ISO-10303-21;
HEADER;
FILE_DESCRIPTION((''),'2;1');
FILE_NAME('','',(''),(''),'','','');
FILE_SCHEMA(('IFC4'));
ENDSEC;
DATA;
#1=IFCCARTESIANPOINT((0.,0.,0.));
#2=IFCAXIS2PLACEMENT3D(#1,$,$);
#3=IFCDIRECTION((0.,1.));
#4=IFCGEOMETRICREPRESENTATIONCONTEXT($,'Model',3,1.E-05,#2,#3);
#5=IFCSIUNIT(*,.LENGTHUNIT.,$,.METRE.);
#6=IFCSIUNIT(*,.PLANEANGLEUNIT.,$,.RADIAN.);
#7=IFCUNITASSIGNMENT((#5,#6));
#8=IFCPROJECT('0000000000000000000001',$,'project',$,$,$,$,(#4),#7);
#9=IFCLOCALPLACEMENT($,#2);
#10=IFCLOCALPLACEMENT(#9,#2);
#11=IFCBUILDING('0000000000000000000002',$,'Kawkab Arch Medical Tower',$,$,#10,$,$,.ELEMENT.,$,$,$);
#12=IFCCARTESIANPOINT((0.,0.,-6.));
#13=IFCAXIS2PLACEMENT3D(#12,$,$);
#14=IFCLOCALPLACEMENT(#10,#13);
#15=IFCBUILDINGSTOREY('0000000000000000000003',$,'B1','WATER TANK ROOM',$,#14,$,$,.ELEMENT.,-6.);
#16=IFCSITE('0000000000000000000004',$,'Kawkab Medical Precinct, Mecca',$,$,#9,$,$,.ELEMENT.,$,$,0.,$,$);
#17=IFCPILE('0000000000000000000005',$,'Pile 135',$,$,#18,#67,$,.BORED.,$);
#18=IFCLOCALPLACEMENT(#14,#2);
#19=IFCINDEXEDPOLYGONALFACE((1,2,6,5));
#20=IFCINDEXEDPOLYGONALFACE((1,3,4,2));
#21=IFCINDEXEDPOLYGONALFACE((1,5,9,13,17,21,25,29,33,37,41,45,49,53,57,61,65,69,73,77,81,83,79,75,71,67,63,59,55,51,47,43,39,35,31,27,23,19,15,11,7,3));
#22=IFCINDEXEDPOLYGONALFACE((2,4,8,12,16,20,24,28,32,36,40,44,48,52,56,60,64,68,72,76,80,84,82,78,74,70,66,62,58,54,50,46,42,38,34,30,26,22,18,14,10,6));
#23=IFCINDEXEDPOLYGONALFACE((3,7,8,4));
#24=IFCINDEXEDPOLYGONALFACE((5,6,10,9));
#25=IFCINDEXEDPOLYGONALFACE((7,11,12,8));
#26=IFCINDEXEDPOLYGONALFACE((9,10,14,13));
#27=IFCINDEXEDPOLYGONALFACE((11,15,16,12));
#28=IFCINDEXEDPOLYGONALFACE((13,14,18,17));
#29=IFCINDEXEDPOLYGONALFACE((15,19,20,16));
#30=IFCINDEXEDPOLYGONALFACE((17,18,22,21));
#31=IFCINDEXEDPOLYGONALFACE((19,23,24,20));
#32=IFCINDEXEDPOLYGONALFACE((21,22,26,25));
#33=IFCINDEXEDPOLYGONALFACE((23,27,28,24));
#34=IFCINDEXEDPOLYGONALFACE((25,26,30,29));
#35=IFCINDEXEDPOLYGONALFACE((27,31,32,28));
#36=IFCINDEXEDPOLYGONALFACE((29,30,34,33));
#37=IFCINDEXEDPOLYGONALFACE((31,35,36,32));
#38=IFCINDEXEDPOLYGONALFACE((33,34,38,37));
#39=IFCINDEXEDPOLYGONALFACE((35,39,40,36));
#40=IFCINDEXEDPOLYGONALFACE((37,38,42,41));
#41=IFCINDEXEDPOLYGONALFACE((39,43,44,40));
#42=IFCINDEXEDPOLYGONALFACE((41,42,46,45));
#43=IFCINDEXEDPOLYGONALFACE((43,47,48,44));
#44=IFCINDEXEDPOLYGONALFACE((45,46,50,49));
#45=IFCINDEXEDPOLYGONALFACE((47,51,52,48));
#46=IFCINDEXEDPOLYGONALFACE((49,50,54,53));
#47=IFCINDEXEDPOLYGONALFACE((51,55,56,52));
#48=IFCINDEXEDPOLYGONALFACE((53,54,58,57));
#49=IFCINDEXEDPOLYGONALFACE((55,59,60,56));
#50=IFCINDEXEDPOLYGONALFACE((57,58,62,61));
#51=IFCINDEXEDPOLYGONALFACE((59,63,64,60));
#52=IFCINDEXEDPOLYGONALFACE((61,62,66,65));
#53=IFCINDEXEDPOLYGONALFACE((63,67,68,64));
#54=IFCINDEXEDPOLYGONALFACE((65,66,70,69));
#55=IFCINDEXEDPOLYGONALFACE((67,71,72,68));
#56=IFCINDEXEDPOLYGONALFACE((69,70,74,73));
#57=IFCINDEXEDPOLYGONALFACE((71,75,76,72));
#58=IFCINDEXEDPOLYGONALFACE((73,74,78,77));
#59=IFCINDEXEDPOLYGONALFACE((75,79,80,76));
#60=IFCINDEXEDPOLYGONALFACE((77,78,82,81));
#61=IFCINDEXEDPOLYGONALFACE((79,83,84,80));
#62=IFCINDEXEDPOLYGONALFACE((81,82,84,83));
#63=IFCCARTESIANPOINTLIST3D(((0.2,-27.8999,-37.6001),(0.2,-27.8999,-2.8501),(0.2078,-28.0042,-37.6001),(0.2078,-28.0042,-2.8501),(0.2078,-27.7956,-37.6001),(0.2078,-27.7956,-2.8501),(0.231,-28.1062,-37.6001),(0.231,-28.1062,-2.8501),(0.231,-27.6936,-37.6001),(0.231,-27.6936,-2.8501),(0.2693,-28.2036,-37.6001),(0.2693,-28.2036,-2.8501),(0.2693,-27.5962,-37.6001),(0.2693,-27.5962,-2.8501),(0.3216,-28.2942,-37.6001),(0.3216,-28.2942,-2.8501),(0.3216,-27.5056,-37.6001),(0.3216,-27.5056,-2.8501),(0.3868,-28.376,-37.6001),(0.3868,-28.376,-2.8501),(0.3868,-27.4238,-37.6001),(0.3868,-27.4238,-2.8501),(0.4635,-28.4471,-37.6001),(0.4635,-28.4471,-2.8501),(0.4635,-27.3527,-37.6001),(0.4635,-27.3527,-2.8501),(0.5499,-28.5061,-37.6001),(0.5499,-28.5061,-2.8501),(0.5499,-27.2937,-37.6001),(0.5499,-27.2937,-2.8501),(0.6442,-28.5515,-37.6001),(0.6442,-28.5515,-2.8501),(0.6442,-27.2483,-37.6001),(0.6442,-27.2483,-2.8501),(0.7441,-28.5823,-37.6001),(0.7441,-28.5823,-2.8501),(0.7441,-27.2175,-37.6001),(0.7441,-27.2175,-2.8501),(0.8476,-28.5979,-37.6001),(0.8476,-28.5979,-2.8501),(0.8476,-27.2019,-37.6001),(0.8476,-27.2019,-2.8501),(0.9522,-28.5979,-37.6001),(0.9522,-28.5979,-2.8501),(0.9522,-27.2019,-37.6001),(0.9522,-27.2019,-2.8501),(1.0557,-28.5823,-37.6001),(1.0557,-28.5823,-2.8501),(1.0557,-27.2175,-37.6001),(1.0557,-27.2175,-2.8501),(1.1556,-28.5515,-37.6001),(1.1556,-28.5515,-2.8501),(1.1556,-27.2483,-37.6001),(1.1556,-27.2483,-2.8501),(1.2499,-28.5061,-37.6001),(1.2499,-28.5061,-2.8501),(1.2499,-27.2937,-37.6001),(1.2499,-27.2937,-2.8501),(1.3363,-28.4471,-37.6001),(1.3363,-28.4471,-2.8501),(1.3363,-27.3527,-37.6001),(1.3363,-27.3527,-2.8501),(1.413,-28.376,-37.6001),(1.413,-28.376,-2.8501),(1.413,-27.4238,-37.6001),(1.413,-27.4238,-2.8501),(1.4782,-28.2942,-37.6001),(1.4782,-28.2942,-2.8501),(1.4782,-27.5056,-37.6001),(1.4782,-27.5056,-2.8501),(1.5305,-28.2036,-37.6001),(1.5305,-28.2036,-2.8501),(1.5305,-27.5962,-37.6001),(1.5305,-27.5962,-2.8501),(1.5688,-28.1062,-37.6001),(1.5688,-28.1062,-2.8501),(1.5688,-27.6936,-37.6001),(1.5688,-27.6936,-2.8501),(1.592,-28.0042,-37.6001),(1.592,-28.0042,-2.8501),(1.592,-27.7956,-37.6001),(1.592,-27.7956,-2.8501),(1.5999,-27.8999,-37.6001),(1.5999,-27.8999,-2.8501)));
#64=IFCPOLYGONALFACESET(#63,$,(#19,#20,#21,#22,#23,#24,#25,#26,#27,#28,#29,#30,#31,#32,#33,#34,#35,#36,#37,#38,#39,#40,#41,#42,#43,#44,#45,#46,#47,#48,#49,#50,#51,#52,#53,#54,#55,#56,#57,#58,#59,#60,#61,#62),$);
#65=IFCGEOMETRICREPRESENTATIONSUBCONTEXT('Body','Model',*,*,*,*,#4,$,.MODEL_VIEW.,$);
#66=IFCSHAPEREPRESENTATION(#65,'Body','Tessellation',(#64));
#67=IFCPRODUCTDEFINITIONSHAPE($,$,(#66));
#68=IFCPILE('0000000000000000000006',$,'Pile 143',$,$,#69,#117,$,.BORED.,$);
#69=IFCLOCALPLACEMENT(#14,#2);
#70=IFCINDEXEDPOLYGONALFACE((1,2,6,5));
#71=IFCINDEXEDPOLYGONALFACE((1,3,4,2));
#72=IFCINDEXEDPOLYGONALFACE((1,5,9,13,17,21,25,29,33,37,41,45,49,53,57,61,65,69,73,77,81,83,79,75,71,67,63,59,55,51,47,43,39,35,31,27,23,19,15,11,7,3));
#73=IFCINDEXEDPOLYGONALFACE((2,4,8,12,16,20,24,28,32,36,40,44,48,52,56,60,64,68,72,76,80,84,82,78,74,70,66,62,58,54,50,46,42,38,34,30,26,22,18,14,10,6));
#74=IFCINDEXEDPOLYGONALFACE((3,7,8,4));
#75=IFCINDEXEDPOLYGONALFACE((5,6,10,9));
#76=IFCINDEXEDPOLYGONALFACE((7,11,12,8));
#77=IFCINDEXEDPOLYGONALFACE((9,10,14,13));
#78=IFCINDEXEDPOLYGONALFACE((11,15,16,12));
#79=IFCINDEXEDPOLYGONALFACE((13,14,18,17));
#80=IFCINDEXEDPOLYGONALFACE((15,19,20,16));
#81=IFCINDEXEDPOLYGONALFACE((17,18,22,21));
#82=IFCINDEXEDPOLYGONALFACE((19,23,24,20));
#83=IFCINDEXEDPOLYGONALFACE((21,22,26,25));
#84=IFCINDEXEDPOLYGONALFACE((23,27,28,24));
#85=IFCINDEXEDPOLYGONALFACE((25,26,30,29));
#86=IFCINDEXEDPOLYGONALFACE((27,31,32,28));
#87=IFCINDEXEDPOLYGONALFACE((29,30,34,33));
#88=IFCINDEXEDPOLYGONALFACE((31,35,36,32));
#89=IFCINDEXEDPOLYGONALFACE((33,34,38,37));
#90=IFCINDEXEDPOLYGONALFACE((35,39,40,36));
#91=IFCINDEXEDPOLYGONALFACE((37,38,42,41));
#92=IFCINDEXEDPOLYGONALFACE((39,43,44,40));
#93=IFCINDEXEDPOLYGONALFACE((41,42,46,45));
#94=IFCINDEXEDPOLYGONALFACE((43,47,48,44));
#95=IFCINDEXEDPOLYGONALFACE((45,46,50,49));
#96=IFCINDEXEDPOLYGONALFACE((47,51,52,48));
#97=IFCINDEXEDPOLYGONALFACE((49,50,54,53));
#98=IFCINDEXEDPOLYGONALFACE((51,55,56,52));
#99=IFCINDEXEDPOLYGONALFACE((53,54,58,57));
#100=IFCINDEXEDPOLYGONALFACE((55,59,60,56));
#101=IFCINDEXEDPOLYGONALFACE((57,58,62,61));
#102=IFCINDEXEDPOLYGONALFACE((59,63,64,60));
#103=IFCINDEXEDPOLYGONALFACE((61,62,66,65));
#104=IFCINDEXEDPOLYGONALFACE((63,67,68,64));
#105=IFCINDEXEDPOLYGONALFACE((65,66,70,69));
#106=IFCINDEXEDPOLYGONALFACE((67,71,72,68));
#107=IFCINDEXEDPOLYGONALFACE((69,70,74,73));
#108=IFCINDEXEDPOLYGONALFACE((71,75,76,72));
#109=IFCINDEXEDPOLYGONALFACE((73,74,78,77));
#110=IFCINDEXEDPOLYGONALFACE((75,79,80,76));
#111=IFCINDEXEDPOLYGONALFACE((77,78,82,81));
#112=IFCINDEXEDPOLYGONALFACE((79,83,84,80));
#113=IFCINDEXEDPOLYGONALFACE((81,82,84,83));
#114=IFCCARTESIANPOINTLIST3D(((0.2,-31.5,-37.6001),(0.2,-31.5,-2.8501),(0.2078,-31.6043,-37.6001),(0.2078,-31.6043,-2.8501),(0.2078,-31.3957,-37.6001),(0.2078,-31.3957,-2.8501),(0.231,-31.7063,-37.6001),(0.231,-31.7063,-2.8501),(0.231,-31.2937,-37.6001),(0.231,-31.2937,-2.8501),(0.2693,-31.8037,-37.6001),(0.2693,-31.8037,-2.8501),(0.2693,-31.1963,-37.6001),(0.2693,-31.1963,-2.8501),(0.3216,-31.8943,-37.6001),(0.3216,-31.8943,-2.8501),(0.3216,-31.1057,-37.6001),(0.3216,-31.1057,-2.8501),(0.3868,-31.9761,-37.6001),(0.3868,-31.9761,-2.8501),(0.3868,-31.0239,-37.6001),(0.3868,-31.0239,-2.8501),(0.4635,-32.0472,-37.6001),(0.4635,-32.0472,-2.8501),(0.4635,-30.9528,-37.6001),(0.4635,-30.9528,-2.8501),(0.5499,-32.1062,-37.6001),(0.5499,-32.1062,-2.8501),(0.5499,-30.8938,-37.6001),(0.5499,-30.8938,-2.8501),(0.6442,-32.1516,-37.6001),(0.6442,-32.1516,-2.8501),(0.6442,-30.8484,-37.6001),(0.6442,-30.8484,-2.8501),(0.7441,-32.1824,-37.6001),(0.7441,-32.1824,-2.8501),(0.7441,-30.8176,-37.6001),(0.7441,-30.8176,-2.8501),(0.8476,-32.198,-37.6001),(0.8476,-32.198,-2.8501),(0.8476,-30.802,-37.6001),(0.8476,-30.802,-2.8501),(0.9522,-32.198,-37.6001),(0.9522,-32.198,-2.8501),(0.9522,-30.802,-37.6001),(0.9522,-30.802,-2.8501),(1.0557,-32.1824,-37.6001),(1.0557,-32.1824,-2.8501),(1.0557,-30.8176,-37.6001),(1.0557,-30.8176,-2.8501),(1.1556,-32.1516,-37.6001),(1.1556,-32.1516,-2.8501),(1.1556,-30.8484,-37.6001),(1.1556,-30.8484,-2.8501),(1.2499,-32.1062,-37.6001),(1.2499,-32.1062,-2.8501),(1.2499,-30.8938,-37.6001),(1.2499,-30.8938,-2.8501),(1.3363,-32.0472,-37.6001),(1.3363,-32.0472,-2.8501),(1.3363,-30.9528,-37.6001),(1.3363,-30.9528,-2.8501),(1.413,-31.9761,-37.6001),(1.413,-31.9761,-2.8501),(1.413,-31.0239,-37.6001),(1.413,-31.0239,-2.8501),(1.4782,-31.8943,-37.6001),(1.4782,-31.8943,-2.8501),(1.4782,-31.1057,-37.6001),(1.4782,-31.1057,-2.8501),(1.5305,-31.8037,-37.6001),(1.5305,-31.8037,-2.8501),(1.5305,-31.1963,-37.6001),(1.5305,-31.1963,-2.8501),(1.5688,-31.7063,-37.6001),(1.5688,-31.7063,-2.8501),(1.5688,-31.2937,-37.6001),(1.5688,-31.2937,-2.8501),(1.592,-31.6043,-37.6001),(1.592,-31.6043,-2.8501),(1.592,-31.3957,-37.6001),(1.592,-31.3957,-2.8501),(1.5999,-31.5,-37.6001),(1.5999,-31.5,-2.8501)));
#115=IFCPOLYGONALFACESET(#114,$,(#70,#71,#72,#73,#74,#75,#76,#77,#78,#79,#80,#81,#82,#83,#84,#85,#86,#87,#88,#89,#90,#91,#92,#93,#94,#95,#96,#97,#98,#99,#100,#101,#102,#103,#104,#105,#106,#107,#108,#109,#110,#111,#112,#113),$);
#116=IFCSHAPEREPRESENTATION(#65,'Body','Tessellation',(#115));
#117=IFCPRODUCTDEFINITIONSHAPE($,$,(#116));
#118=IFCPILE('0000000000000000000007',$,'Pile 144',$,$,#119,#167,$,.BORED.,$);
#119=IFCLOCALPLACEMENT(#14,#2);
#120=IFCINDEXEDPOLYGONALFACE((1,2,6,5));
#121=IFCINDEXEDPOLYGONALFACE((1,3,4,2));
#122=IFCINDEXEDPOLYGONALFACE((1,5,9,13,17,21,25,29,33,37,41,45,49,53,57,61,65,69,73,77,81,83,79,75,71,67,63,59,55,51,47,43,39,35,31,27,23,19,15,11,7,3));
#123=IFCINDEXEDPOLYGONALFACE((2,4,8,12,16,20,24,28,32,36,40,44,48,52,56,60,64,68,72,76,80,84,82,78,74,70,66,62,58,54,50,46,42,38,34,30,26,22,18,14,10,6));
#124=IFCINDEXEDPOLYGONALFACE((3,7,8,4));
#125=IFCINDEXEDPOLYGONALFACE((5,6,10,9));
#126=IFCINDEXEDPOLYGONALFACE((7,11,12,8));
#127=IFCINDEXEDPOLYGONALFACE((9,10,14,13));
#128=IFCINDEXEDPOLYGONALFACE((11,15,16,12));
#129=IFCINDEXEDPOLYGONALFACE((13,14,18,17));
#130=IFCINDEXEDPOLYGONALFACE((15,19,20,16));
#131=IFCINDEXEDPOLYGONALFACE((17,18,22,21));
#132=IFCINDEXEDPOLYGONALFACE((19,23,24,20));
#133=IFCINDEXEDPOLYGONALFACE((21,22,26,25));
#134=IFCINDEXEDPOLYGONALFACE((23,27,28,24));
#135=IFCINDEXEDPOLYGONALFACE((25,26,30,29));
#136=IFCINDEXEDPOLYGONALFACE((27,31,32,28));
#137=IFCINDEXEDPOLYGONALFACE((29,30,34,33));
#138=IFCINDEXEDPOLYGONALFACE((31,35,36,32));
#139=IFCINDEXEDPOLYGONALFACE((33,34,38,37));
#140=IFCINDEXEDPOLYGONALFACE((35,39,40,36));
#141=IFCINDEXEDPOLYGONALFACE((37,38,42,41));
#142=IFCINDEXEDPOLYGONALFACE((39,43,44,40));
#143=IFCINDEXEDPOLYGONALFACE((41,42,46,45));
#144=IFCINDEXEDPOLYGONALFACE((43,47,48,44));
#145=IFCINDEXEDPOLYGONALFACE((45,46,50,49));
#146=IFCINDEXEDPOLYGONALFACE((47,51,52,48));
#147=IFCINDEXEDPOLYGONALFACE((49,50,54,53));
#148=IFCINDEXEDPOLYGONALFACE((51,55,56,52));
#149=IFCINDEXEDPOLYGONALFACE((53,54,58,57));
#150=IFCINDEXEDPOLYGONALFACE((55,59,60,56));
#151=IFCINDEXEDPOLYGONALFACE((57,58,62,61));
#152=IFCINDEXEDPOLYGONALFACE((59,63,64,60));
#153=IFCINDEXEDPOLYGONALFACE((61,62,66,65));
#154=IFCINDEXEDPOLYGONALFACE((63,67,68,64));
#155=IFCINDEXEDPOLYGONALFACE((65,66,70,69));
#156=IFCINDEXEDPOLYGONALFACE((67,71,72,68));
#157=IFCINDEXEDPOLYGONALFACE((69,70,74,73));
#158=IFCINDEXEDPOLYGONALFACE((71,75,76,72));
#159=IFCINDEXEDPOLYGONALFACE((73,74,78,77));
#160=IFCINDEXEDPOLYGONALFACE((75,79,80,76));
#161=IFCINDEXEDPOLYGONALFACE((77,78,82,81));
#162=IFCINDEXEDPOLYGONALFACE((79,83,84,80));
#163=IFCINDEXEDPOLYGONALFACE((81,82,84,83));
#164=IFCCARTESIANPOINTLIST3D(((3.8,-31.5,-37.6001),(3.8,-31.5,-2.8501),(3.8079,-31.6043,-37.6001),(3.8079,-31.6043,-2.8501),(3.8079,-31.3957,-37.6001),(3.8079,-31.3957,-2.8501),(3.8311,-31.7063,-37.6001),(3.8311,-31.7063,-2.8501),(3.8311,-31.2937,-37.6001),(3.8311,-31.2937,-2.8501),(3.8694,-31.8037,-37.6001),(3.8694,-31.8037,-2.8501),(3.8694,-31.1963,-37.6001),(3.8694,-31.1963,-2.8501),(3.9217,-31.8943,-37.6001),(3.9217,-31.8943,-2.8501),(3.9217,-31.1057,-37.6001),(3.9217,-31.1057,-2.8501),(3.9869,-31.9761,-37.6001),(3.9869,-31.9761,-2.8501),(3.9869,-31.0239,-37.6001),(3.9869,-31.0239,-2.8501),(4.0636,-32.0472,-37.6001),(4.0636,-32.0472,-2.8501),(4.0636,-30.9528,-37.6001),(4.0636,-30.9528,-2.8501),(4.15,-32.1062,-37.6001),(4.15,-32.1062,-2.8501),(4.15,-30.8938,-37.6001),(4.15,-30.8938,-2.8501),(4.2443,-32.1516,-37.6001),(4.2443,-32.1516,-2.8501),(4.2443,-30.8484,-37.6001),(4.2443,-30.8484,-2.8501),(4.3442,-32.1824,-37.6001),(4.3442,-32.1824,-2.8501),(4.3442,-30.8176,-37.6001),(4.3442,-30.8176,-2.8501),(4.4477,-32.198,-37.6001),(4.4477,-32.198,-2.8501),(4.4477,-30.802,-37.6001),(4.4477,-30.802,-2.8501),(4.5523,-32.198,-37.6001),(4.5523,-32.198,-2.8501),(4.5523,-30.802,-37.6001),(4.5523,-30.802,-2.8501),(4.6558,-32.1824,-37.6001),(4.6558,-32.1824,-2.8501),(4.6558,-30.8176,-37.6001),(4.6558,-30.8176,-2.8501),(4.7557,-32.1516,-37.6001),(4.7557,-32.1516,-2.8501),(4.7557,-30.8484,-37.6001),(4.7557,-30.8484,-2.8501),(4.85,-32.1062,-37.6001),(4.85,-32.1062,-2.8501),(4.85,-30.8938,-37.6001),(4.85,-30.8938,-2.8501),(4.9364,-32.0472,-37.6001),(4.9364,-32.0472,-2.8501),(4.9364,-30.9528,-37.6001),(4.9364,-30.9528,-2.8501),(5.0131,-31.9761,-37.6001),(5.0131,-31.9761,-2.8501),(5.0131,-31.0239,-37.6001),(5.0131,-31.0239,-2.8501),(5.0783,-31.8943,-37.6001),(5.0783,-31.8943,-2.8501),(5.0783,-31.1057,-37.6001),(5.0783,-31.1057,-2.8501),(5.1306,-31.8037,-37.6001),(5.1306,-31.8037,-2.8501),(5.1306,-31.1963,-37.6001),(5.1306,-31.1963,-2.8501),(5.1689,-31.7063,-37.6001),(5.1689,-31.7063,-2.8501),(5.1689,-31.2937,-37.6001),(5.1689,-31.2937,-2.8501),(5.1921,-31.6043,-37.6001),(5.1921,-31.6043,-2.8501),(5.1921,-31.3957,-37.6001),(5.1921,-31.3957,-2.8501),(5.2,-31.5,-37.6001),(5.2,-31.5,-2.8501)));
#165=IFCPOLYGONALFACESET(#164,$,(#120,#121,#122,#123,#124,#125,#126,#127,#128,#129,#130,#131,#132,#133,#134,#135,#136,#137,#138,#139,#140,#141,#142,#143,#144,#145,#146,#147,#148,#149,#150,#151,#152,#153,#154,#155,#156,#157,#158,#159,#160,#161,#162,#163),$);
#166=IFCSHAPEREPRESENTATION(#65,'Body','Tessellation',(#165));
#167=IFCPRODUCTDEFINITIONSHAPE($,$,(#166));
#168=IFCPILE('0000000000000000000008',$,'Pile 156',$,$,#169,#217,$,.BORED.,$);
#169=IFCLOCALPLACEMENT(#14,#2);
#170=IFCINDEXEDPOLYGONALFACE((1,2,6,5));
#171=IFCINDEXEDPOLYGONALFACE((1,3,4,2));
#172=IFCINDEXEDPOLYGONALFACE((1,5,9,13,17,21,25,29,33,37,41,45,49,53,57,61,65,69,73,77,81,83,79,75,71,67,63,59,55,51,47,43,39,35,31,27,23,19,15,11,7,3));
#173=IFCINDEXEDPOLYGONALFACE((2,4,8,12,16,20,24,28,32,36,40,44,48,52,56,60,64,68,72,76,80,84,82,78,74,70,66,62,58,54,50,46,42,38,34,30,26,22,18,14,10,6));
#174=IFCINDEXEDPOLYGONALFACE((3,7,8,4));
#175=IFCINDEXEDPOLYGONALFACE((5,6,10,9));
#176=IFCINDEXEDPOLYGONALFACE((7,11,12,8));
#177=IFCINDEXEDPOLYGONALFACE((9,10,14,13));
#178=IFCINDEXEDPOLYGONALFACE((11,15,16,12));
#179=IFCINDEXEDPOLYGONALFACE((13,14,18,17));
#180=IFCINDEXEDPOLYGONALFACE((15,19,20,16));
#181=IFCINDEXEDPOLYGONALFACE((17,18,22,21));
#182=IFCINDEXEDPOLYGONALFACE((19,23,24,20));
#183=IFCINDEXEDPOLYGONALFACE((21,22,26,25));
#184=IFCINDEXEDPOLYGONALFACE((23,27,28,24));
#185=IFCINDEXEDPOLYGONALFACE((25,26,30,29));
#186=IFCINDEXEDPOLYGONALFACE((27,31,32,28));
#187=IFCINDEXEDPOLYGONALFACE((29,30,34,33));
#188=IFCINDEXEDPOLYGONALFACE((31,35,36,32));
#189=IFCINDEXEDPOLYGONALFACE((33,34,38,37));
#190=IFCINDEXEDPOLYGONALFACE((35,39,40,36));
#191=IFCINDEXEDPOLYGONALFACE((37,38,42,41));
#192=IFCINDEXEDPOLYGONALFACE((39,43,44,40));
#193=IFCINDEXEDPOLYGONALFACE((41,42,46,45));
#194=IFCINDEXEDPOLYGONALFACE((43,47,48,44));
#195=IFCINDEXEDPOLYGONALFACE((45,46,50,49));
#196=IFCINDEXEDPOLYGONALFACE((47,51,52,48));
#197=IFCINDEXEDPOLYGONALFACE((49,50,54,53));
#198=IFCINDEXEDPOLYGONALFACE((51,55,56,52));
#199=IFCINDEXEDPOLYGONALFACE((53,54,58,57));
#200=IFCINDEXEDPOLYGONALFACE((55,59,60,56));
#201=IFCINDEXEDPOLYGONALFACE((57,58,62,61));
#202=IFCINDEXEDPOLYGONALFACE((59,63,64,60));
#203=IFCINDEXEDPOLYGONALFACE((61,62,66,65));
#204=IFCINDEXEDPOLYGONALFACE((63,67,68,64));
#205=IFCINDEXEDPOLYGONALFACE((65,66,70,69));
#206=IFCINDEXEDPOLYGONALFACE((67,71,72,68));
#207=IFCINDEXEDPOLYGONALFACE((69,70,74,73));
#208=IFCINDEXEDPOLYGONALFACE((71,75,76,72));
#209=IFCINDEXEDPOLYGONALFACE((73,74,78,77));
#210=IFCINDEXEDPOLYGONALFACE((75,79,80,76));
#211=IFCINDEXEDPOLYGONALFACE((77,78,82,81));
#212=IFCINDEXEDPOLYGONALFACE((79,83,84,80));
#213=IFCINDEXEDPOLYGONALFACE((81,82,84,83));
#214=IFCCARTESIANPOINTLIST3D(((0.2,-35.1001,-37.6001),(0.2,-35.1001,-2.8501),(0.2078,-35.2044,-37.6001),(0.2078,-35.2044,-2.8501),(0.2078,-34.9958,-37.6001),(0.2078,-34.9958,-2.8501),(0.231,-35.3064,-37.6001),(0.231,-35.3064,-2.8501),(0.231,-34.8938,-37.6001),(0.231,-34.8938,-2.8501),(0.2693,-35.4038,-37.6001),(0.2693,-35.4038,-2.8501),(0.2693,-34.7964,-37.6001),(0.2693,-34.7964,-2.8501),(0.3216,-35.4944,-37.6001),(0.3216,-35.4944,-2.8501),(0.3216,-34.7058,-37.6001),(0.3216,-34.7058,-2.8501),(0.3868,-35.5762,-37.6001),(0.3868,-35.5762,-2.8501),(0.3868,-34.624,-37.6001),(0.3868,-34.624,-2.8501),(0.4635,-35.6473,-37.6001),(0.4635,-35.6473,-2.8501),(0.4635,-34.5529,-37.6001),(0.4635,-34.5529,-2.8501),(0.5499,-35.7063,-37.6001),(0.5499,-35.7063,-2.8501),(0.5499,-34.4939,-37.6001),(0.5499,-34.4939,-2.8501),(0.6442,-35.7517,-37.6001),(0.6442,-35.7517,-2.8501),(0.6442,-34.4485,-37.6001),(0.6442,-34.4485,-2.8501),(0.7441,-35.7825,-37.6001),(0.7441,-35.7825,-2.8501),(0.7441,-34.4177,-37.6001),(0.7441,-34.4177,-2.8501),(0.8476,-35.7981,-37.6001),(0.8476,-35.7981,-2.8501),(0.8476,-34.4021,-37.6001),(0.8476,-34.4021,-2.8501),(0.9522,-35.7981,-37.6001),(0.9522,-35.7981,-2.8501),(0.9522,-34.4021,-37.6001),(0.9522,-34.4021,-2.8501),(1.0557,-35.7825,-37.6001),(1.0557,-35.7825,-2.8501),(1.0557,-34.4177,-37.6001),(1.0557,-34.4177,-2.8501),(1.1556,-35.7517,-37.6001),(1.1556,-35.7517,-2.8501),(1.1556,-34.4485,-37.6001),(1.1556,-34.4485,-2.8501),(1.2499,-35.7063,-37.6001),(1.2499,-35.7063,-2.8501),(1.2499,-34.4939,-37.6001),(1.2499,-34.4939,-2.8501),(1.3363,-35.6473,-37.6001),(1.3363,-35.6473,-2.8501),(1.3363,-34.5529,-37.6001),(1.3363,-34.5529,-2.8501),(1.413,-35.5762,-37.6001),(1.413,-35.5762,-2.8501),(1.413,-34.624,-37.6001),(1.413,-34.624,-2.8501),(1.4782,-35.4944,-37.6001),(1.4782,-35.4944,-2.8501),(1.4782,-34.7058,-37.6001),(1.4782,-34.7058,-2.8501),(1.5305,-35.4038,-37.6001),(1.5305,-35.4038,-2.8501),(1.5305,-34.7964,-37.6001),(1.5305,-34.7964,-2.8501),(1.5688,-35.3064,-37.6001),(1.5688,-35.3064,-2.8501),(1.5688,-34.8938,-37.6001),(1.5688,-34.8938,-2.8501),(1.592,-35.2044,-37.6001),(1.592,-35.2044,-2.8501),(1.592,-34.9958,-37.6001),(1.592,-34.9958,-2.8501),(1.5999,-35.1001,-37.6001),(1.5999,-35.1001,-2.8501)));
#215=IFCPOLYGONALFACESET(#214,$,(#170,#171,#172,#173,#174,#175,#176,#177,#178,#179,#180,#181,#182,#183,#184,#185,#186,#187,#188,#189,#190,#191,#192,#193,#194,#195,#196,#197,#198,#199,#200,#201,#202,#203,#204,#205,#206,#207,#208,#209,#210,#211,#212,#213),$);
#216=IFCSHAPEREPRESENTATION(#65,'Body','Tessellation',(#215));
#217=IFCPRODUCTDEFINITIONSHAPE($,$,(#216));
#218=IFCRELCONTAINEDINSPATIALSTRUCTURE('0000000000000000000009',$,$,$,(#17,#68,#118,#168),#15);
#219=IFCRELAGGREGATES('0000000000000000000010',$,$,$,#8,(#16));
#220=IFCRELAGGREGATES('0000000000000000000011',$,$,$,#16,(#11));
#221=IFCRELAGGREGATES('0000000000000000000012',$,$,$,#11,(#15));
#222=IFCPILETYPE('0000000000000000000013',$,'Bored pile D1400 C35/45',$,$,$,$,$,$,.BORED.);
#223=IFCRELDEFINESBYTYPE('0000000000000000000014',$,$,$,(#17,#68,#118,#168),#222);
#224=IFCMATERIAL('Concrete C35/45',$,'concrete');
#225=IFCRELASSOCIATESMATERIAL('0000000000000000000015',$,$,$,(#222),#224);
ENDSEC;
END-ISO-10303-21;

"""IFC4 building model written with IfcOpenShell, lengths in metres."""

from ifc_helpers import new_model, si_unit, direction, frame, origin, origin_2d, place, context, subcontext, project, spatial, circle, extrude, material, material_profile, profile_set, type_object, element, save


model = new_model("IFC4")

# Units and contexts
model_context = context("Model", 3, precision=1e-05, world=origin(), true_north=direction((0.0, 1.0)))
body_context = subcontext(model_context, "Body", "Model", "MODEL_VIEW")
ifc_project = project(units=[si_unit("LENGTHUNIT", "METRE"), si_unit("PLANEANGLEUNIT", "RADIAN")], contexts=[model_context])

# Site, building, storey
site_placement = place(None, origin())
site = spatial("IfcSite", under=ifc_project, at=site_placement, Name="Kawkab Medical Precinct, Mecca", CompositionType="ELEMENT", RefElevation=0.0)
building_placement = place(site_placement, origin())
building = spatial("IfcBuilding", under=site, at=building_placement, Name="Kawkab Arch Medical Tower", CompositionType="ELEMENT")
storey_placement = place(building_placement, frame((0.0, 0.0, -6.0)))
storey = spatial("IfcBuildingStorey", under=building, at=storey_placement, Name="B1", Description="WATER TANK ROOM", CompositionType="ELEMENT", Elevation=-6.0)

# Piles
ifc_material_1 = material(Name="Concrete C35/45", Category="concrete")
ifc_material_profile_1 = material_profile(ifc_material_1, circle(Radius=0.7, at=origin_2d()), Name="Bored pile D1400")
ifc_profile_set_1 = profile_set([ifc_material_profile_1], Name="Concrete C35/45")
pile_type = type_object("IfcPileType", Name="Bored pile D1400 C35/45", PredefinedType="BORED", material=ifc_profile_set_1)
for number, where, z_axis, x_axis, name in (
    (1, (0.8999, -27.8999, -2.8501), (0.0, 0.0, -1.0), (1.0, 0.0, 0.0), "Pile 135"),
    (2, (0.8999, -31.5, -2.8501), (0.0, 0.0, -1.0), (1.0, 0.0, 0.0), "Pile 143"),
    (3, (4.5, -31.5, -2.8501), (0.0, 0.0, -1.0), (1.0, 0.0, 0.0), "Pile 144"),
    (4, (0.8999, -35.1001, -2.8501), (0.0, 0.0, -1.0), (1.0, 0.0, 0.0), "Pile 156"),
):
    element("IfcPile", number, at=place(storey_placement, frame(where, z_axis=z_axis, x_axis=x_axis)), inside=storey, type_object=pile_type, Name=name, PredefinedType="BORED", context=body_context, shape_type="SweptSolid", body=[
        extrude(circle(Radius=0.7, at=origin_2d()), origin(), (0.0, 0.0, 1.0), 34.75),
    ])

save(model, "model.ifc")
